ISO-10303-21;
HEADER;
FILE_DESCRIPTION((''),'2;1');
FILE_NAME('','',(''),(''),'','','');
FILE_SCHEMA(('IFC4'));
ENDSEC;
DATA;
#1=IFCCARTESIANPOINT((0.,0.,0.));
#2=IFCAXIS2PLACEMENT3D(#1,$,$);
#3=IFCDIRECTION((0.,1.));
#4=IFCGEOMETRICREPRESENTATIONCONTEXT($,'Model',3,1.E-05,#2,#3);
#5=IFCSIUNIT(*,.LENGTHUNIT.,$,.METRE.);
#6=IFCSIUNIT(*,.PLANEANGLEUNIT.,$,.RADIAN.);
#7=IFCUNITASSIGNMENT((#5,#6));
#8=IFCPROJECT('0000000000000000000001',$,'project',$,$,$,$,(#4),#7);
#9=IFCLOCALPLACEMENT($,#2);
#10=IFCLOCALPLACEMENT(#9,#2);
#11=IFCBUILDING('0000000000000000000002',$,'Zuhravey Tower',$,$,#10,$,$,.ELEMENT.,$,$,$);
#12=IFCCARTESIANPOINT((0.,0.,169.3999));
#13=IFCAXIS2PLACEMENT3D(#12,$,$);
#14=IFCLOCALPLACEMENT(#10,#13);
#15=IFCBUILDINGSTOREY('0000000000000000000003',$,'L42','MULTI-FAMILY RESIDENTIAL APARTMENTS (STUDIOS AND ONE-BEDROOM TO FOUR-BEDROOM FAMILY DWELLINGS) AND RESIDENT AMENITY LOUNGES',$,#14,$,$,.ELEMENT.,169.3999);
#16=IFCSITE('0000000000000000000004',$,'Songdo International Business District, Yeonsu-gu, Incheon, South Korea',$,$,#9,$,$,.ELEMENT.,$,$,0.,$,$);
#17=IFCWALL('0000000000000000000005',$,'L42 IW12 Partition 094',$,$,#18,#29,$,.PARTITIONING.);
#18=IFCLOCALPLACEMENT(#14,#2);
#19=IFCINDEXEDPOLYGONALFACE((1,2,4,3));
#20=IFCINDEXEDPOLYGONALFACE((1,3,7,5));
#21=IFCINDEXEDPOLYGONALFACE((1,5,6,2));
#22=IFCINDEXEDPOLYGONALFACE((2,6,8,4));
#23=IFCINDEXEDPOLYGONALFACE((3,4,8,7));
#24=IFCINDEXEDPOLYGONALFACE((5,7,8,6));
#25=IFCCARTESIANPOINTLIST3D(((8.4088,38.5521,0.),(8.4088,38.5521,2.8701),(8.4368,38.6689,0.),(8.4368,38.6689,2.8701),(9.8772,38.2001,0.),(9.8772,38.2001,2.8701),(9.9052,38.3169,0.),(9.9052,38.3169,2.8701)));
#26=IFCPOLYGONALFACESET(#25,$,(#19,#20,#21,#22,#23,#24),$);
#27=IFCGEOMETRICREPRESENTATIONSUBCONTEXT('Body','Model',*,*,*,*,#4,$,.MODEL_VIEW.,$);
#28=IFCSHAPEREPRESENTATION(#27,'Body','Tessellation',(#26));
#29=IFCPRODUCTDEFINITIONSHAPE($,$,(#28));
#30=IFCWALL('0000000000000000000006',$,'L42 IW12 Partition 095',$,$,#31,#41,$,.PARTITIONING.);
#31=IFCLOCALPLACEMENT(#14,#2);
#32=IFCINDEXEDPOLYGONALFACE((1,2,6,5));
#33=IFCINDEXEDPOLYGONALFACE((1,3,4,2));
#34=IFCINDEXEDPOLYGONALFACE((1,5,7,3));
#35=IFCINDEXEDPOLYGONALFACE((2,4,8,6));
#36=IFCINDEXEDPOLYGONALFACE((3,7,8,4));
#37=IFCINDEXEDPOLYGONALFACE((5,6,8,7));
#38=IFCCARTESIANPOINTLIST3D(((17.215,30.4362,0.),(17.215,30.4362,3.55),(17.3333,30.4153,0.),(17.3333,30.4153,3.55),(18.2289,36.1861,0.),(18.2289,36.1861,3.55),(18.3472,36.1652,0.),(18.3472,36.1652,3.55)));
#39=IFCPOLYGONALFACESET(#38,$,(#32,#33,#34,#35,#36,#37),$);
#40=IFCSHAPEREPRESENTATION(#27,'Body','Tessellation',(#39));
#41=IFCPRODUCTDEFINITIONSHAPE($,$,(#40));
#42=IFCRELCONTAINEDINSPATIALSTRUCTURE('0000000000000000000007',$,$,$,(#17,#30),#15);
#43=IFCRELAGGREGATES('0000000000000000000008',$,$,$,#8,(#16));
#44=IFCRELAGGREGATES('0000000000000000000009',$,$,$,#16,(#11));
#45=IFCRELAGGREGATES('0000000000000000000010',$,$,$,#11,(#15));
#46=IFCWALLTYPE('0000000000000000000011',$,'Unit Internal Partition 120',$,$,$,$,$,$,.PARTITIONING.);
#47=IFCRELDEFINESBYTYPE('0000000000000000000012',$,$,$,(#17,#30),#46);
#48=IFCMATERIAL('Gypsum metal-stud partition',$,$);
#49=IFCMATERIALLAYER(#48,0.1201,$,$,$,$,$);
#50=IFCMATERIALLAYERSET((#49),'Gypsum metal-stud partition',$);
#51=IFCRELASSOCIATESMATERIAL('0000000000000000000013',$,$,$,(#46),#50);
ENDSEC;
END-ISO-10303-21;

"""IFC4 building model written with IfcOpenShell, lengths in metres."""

from ifc_helpers import new_model, si_unit, direction, frame, frame_2d, origin, place, context, subcontext, project, spatial, rectangle, extrude, material, layer, layer_set, type_object, element, save


model = new_model("IFC4")

# Units and contexts
model_context = context("Model", 3, precision=1e-05, world=origin(), true_north=direction((0.0, 1.0)))
body_context = subcontext(model_context, "Body", "Model", "MODEL_VIEW")
ifc_project = project(units=[si_unit("LENGTHUNIT", "METRE"), si_unit("PLANEANGLEUNIT", "RADIAN")], contexts=[model_context])

# Site, building, storey
site_placement = place(None, origin())
site = spatial("IfcSite", under=ifc_project, at=site_placement, Name="Songdo International Business District, Yeonsu-gu, Incheon, South Korea", CompositionType="ELEMENT", RefElevation=0.0)
building_placement = place(site_placement, origin())
building = spatial("IfcBuilding", under=site, at=building_placement, Name="Zuhravey Tower", CompositionType="ELEMENT")
storey_placement = place(building_placement, frame((0.0, 0.0, 169.3999)))
storey = spatial("IfcBuildingStorey", under=building, at=storey_placement, Name="L42", Description="MULTI-FAMILY RESIDENTIAL APARTMENTS (STUDIOS AND ONE-BEDROOM TO FOUR-BEDROOM FAMILY DWELLINGS) AND RESIDENT AMENITY LOUNGES", CompositionType="ELEMENT", Elevation=169.3999)

# Shared definitions
ifc_material_1 = material(Name="Gypsum metal-stud partition")
ifc_layer_1 = layer(ifc_material_1, 0.1201)
ifc_layer_set_1 = layer_set([ifc_layer_1], Name="Gypsum metal-stud partition")
wall_type_1 = type_object("IfcWallType", Name="Unit Internal Partition 120", PredefinedType="PARTITIONING", material=ifc_layer_set_1)

# Walls
wall_1_placement = place(storey_placement, frame((9.8911, 38.2585, 0.0), z_axis=(0.0, 0.0, 1.0), x_axis=(-0.972446, 0.233128, 0.0)))
element("IfcWall", 1, at=wall_1_placement, inside=storey, type_object=wall_type_1, Name="L42 IW12 Partition 094", PredefinedType="PARTITIONING", context=body_context, shape_type="SweptSolid", body=[
    extrude(rectangle(XDim=1.51, YDim=0.1201, at=frame_2d((0.7549, 0.0))), origin(), (0.0, 0.0, 1.0), 2.8701),
])
wall_2_placement = place(storey_placement, frame((18.2881, 36.1758, 0.0), z_axis=(0.0, 0.0, 1.0), x_axis=(-0.173654, -0.984807, 0.0)))
element("IfcWall", 2, at=wall_2_placement, inside=storey, type_object=wall_type_1, Name="L42 IW12 Partition 095", PredefinedType="PARTITIONING", context=body_context, shape_type="SweptSolid", body=[
    extrude(rectangle(XDim=5.8386, YDim=0.1201, at=frame_2d((2.9194, 0.0))), origin(), (0.0, 0.0, 1.0), 3.55),
])

save(model, "model.ifc")
